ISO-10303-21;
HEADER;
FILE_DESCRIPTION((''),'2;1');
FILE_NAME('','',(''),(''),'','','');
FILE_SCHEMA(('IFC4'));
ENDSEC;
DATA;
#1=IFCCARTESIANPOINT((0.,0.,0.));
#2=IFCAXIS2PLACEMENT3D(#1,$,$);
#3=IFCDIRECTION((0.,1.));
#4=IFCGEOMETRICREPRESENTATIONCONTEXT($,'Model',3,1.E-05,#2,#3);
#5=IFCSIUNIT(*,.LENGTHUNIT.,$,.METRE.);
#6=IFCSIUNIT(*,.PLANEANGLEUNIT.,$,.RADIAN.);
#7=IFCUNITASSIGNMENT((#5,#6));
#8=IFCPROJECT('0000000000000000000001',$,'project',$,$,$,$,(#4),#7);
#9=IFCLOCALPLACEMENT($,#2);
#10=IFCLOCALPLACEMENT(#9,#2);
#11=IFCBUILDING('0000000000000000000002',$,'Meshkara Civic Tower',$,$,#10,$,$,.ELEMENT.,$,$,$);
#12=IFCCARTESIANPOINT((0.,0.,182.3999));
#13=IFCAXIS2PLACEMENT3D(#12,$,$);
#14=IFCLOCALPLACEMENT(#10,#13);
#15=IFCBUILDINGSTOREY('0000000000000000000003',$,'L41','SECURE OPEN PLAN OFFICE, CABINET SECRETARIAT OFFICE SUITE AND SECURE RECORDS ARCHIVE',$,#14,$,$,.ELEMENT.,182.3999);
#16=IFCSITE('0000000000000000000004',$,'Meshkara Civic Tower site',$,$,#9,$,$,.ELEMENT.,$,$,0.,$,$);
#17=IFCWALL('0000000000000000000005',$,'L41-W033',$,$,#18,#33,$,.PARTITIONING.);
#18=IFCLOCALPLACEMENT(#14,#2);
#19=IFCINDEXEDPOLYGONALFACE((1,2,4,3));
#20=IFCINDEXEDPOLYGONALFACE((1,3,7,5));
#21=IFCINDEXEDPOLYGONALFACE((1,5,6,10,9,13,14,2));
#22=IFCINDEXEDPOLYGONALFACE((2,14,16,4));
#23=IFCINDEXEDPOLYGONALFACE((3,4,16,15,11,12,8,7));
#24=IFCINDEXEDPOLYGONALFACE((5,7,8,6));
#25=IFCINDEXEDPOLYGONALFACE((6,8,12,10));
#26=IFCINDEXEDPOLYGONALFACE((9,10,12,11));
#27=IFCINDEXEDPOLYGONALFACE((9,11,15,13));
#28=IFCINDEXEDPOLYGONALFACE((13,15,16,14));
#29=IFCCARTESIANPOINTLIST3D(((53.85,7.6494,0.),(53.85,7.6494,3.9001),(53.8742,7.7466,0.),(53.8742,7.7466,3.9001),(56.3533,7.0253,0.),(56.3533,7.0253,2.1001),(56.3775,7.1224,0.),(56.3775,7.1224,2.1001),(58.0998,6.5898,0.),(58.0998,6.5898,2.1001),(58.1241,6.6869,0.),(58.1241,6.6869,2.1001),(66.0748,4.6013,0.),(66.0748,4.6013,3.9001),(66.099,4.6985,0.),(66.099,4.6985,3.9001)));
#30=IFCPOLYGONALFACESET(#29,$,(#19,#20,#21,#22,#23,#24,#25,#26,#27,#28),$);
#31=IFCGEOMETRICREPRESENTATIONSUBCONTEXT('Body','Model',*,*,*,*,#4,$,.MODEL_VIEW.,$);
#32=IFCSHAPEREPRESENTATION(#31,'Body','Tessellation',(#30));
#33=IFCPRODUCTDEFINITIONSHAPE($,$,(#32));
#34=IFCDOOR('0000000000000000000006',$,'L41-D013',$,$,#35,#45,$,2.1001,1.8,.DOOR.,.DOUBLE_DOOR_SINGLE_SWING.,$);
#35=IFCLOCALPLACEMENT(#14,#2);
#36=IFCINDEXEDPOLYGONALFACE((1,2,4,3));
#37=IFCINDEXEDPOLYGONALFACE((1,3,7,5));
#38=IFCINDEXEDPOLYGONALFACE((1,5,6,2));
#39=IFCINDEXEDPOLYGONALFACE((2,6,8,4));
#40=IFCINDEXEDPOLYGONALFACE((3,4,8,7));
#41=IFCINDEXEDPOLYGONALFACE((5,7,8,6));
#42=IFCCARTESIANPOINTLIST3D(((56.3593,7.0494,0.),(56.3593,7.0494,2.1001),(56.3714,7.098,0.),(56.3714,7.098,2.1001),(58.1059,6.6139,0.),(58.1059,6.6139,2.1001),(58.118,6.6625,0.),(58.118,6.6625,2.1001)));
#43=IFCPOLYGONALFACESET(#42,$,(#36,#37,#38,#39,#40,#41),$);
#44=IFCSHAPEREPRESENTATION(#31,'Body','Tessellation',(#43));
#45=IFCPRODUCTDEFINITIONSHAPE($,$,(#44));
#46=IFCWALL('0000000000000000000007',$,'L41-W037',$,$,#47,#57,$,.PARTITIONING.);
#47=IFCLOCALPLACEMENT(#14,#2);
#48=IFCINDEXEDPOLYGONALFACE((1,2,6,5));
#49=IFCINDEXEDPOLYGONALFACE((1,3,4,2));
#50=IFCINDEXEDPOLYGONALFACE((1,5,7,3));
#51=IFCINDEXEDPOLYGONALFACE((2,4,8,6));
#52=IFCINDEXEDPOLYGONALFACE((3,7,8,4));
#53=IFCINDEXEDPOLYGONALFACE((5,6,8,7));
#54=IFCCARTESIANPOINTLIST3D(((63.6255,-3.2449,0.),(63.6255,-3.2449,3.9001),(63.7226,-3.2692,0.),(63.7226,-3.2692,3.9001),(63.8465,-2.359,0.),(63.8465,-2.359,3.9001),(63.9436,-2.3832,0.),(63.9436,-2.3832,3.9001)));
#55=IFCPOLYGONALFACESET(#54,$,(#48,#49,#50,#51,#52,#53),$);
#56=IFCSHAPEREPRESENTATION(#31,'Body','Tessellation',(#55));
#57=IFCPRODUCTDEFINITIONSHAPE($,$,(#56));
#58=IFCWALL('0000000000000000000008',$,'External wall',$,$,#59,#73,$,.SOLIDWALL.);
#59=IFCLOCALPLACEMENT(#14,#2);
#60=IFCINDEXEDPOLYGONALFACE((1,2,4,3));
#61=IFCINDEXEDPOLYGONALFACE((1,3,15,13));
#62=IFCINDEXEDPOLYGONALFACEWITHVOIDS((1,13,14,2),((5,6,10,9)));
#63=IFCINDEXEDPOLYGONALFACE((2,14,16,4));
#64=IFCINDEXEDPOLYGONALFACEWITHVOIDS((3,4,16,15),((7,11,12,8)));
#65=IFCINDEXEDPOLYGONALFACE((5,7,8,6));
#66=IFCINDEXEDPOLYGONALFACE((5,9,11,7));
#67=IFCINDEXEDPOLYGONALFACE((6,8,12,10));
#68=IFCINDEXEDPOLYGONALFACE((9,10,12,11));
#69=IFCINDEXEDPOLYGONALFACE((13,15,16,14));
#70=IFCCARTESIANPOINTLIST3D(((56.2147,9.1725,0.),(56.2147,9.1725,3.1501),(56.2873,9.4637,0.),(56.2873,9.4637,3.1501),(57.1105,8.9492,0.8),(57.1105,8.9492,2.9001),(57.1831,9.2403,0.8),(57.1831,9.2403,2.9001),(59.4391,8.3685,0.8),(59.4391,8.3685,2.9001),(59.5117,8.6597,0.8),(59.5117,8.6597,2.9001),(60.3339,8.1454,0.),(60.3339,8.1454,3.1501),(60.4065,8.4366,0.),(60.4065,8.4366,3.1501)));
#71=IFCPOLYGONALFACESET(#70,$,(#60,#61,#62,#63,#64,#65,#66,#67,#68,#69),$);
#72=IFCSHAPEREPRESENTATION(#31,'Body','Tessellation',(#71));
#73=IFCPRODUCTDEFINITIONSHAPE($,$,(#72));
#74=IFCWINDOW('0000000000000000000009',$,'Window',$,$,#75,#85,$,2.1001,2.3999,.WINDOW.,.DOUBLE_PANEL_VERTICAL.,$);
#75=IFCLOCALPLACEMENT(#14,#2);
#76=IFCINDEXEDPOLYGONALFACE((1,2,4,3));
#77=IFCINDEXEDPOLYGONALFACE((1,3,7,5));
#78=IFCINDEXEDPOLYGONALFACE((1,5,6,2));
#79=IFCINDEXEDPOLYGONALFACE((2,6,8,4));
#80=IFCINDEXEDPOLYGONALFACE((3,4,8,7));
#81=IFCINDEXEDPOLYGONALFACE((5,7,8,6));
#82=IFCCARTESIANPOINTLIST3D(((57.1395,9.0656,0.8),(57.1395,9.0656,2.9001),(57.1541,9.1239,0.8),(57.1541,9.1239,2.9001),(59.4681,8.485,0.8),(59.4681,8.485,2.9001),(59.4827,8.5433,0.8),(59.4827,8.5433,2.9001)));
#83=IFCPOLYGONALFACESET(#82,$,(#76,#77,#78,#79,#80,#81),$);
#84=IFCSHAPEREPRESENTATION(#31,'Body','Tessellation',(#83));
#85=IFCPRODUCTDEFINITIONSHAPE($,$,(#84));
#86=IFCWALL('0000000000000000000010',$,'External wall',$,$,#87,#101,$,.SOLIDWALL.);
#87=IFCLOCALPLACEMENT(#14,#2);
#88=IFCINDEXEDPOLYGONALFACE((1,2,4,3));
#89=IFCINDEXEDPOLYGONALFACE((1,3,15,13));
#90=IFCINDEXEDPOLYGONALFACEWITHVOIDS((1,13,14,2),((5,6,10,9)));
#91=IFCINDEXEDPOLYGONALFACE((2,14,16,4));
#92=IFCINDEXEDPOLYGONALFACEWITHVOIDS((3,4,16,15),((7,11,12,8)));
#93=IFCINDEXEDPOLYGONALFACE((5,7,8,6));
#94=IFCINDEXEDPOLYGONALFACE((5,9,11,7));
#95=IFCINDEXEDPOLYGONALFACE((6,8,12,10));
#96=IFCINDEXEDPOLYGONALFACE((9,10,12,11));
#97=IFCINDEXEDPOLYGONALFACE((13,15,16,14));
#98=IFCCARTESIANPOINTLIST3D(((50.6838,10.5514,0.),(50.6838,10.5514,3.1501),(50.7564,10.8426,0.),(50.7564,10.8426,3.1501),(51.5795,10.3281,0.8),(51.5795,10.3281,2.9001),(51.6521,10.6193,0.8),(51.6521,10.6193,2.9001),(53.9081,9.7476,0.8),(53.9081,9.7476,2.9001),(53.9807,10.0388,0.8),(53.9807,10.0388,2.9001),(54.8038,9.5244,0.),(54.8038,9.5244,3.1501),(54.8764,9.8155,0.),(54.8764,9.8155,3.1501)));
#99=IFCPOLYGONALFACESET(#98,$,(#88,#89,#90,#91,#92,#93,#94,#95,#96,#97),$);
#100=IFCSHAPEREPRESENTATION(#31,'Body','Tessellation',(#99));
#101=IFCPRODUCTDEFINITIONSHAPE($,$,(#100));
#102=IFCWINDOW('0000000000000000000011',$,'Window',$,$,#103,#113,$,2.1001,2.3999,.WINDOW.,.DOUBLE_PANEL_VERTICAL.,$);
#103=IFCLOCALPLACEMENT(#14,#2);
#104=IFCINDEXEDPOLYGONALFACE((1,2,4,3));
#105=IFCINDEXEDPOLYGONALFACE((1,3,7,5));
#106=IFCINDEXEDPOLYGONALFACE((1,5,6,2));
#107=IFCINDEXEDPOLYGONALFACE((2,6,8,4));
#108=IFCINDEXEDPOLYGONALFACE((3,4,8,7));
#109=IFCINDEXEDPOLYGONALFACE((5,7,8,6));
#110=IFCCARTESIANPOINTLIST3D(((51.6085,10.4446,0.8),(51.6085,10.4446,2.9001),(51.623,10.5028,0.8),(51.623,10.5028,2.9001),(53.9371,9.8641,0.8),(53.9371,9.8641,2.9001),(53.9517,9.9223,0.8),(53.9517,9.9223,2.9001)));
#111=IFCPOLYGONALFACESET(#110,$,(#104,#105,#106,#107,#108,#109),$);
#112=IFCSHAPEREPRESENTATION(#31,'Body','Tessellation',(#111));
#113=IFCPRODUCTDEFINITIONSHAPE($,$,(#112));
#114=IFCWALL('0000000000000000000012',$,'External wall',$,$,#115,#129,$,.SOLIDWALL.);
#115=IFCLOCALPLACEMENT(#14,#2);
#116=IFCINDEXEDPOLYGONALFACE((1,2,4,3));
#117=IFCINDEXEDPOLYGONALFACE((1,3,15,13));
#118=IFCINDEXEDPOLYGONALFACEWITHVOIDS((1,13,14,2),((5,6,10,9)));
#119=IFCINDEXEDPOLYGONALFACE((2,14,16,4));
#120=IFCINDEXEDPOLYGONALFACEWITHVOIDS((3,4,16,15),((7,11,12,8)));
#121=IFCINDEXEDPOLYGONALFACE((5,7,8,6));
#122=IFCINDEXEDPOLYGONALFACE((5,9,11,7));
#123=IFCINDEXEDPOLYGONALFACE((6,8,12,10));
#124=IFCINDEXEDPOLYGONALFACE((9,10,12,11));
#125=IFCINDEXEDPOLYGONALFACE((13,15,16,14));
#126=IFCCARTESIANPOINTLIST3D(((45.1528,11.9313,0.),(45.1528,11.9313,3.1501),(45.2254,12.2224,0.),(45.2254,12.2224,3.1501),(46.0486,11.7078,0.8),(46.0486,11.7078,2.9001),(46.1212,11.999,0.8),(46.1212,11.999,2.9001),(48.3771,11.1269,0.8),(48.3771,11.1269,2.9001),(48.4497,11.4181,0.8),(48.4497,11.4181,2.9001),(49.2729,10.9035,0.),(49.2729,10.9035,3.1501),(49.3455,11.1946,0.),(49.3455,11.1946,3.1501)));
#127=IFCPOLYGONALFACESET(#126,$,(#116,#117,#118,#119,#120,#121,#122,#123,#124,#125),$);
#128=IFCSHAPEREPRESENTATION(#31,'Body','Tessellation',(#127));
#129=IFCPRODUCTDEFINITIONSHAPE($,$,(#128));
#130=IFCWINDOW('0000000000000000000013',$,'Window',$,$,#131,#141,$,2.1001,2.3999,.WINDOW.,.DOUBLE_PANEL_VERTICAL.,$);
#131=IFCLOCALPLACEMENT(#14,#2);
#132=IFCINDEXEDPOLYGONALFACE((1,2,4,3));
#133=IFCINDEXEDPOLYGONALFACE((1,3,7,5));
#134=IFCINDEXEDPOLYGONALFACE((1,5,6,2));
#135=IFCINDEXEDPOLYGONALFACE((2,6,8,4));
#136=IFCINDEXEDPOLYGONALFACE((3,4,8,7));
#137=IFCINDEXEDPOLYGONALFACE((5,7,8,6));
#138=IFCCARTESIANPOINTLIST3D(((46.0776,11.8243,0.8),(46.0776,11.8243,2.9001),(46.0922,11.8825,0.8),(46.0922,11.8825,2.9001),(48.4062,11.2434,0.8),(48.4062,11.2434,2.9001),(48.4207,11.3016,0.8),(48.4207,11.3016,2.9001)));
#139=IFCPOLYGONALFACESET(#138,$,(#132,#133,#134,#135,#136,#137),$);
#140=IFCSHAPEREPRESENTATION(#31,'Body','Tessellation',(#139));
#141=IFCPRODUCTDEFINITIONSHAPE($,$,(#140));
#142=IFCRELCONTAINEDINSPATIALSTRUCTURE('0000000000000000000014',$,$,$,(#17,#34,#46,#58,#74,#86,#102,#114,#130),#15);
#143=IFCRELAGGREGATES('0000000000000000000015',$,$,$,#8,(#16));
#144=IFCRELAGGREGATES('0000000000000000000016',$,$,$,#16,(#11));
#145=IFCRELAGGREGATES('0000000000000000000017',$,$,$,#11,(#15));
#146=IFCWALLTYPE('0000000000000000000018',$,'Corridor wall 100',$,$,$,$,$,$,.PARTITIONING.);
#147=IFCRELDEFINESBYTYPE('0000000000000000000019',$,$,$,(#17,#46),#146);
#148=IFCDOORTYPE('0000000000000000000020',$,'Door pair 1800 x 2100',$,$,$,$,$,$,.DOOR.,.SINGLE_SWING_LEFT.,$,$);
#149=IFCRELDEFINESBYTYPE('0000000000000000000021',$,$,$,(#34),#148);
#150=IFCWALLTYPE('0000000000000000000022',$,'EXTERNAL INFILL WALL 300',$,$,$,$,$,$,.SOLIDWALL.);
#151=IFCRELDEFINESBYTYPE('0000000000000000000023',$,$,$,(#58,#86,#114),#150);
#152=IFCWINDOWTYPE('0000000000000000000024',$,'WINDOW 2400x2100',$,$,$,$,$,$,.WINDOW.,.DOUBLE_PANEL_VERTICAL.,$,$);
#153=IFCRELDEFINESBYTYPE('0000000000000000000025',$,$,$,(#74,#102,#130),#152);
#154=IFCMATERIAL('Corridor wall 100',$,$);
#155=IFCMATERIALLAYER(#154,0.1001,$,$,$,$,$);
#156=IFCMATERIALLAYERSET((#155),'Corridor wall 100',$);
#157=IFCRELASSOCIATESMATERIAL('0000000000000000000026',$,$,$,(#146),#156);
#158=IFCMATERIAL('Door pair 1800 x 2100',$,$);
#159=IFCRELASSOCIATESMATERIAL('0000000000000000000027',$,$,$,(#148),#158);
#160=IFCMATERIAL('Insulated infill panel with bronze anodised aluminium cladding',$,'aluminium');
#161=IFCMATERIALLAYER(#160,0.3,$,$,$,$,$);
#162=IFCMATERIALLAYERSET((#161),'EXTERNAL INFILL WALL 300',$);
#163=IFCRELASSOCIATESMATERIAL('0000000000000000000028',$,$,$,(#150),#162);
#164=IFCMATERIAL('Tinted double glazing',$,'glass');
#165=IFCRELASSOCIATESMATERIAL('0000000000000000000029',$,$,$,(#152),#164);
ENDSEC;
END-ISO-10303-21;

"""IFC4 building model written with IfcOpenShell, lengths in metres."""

from ifc_helpers import new_model, si_unit, direction, frame, frame_2d, origin, place, context, subcontext, project, spatial, rectangle, extrude, material, layer, layer_set, type_object, element, fill, save


model = new_model("IFC4")

# Units and contexts
model_context = context("Model", 3, precision=1e-05, world=origin(), true_north=direction((0.0, 1.0)))
body_context = subcontext(model_context, "Body", "Model", "MODEL_VIEW")
ifc_project = project(units=[si_unit("LENGTHUNIT", "METRE"), si_unit("PLANEANGLEUNIT", "RADIAN")], contexts=[model_context])

# Site, building, storey
site_placement = place(None, origin())
site = spatial("IfcSite", under=ifc_project, at=site_placement, Name="Meshkara Civic Tower site", CompositionType="ELEMENT", RefElevation=0.0)
building_placement = place(site_placement, origin())
building = spatial("IfcBuilding", under=site, at=building_placement, Name="Meshkara Civic Tower", CompositionType="ELEMENT")
storey_placement = place(building_placement, frame((0.0, 0.0, 182.3999)))
storey = spatial("IfcBuildingStorey", under=building, at=storey_placement, Name="L41", Description="SECURE OPEN PLAN OFFICE, CABINET SECRETARIAT OFFICE SUITE AND SECURE RECORDS ARCHIVE", CompositionType="ELEMENT", Elevation=182.3999)

# Shared definitions
ifc_material_1 = material(Name="Corridor wall 100")
ifc_layer_1 = layer(ifc_material_1, 0.1001)
ifc_layer_set_1 = layer_set([ifc_layer_1], Name="Corridor wall 100")
wall_type_1 = type_object("IfcWallType", Name="Corridor wall 100", PredefinedType="PARTITIONING", material=ifc_layer_set_1)
ifc_material_2 = material(Name="Door pair 1800 x 2100")
door_type = type_object("IfcDoorType", Name="Door pair 1800 x 2100", OperationType="SINGLE_SWING_LEFT", PredefinedType="DOOR", material=ifc_material_2)

# Wall, opening, door
wall_1_placement = place(storey_placement, frame((53.8621, 7.698, 0.0), z_axis=(0.0, 0.0, 1.0), x_axis=(0.970294, -0.241929, 0.0)))
wall_1 = element("IfcWall", 1, at=wall_1_placement, inside=storey, type_object=wall_type_1, Name="L41-W033", PredefinedType="PARTITIONING", context=body_context, shape_type="SweptSolid", body=[
    extrude(rectangle(XDim=12.5991, YDim=0.1001, at=frame_2d((6.2996, 0.0))), origin(), (0.0, 0.0, 1.0), 3.9001),
])
opening_1_placement = place(wall_1_placement, frame((2.5801, 0.0, 0.0)))
opening_1 = element("IfcOpeningElement", 2, at=opening_1_placement, cuts=wall_1, PredefinedType="OPENING", context=body_context, shape_type="SweptSolid", body=[
    extrude(rectangle(XDim=1.8, YDim=2.1001, at=frame_2d((0.8999, 1.05))), frame((0.0, 0.0601, 0.0), z_axis=(0.0, -1.0, 0.0), x_axis=(1.0, 0.0, 0.0)), (0.0, 0.0, 1.0), 0.1201),
])
door_1_placement = place(opening_1_placement, origin())
door_1 = element("IfcDoor", 3, at=door_1_placement, inside=storey, type_object=door_type, Name="L41-D013", OperationType="DOUBLE_DOOR_SINGLE_SWING", OverallHeight=2.1001, OverallWidth=1.8, PredefinedType="DOOR", context=body_context, shape_type="SweptSolid", body=[
    extrude(rectangle(XDim=1.8, YDim=2.1001, at=frame_2d((0.8999, 1.05))), frame((0.0, 0.0249, 0.0), z_axis=(0.0, -1.0, 0.0), x_axis=(1.0, 0.0, 0.0)), (0.0, 0.0, 1.0), 0.05),
])
fill(opening_1, door_1)

# Wall
wall_2_placement = place(storey_placement, frame((63.895, -2.3711, 0.0), z_axis=(0.0, 0.0, 1.0), x_axis=(-0.241969, -0.970284, 0.0)))
element("IfcWall", 4, at=wall_2_placement, inside=storey, type_object=wall_type_1, Name="L41-W037", PredefinedType="PARTITIONING", context=body_context, shape_type="SweptSolid", body=[
    extrude(rectangle(XDim=0.9131, YDim=0.1001, at=frame_2d((0.4565, 0.0))), origin(), (0.0, 0.0, 1.0), 3.9001),
])

# Walls, openings, windows
ifc_material_3 = material(Name="Insulated infill panel with bronze anodised aluminium cladding", Category="aluminium")
ifc_layer_2 = layer(ifc_material_3, 0.3)
ifc_layer_set_2 = layer_set([ifc_layer_2], Name="EXTERNAL INFILL WALL 300")
wall_type_2 = type_object("IfcWallType", Name="EXTERNAL INFILL WALL 300", PredefinedType="SOLIDWALL", material=ifc_layer_set_2)
wall_3_placement = place(storey_placement, frame((60.3701, 8.291, 0.0), z_axis=(0.0, 0.0, 1.0), x_axis=(-0.970291, 0.24194, 0.0)))
wall_3 = element("IfcWall", 5, at=wall_3_placement, inside=storey, type_object=wall_type_2, Name="External wall", PredefinedType="SOLIDWALL", context=body_context, shape_type="SweptSolid", body=[
    extrude(rectangle(XDim=4.2454, YDim=0.3, at=frame_2d((2.1226, 0.0))), origin(), (0.0, 0.0, 1.0), 3.1501),
])
opening_2_placement = place(wall_3_placement, frame((0.9221, 0.0, 0.8)))
opening_2 = element("IfcOpeningElement", 6, at=opening_2_placement, cuts=wall_3, PredefinedType="OPENING", context=body_context, shape_type="SweptSolid", body=[
    extrude(rectangle(XDim=2.3999, YDim=2.1001, at=frame_2d((1.2, 1.05))), frame((0.0, 0.1599, 0.0), z_axis=(0.0, -1.0, 0.0), x_axis=(1.0, 0.0, 0.0)), (0.0, 0.0, 1.0), 0.3201),
])
ifc_material_4 = material(Name="Tinted double glazing", Category="glass")
window_type = type_object("IfcWindowType", Name="WINDOW 2400x2100", PartitioningType="DOUBLE_PANEL_VERTICAL", PredefinedType="WINDOW", material=ifc_material_4)
window_1_placement = place(opening_2_placement, origin())
window_1 = element("IfcWindow", 7, at=window_1_placement, inside=storey, type_object=window_type, Name="Window", OverallHeight=2.1001, OverallWidth=2.3999, PartitioningType="DOUBLE_PANEL_VERTICAL", PredefinedType="WINDOW", context=body_context, shape_type="SweptSolid", body=[
    extrude(rectangle(XDim=2.3999, YDim=2.1001, at=frame_2d((1.2, 1.05))), frame((0.0, 0.03, 0.0), z_axis=(0.0, -1.0, 0.0), x_axis=(1.0, 0.0, 0.0)), (0.0, 0.0, 1.0), 0.0601),
])
fill(opening_2, window_1)
wall_4_placement = place(storey_placement, frame((54.8401, 9.6699, 0.0), z_axis=(0.0, 0.0, 1.0), x_axis=(-0.970305, 0.241886, 0.0)))
wall_4 = element("IfcWall", 8, at=wall_4_placement, inside=storey, type_object=wall_type_2, Name="External wall", PredefinedType="SOLIDWALL", context=body_context, shape_type="SweptSolid", body=[
    extrude(rectangle(XDim=4.2461, YDim=0.3, at=frame_2d((2.123, 0.0))), origin(), (0.0, 0.0, 1.0), 3.1501),
])
opening_3_placement = place(wall_4_placement, frame((0.9231, 0.0, 0.8)))
opening_3 = element("IfcOpeningElement", 9, at=opening_3_placement, cuts=wall_4, PredefinedType="OPENING", context=body_context, shape_type="SweptSolid", body=[
    extrude(rectangle(XDim=2.3999, YDim=2.1001, at=frame_2d((1.2, 1.05))), frame((0.0, 0.1599, 0.0), z_axis=(0.0, -1.0, 0.0), x_axis=(1.0, 0.0, 0.0)), (0.0, 0.0, 1.0), 0.3201),
])
window_2_placement = place(opening_3_placement, origin())
window_2 = element("IfcWindow", 10, at=window_2_placement, inside=storey, type_object=window_type, Name="Window", OverallHeight=2.1001, OverallWidth=2.3999, PartitioningType="DOUBLE_PANEL_VERTICAL", PredefinedType="WINDOW", context=body_context, shape_type="SweptSolid", body=[
    extrude(rectangle(XDim=2.3999, YDim=2.1001, at=frame_2d((1.2, 1.05))), frame((0.0, 0.03, 0.0), z_axis=(0.0, -1.0, 0.0), x_axis=(1.0, 0.0, 0.0)), (0.0, 0.0, 1.0), 0.0601),
])
fill(opening_3, window_2)
wall_5_placement = place(storey_placement, frame((49.3091, 11.0491, 0.0), z_axis=(0.0, 0.0, 1.0), x_axis=(-0.970264, 0.242049, 0.0)))
wall_5 = element("IfcWall", 11, at=wall_5_placement, inside=storey, type_object=wall_type_2, Name="External wall", PredefinedType="SOLIDWALL", context=body_context, shape_type="SweptSolid", body=[
    extrude(rectangle(XDim=4.2463, YDim=0.3, at=frame_2d((2.123, 0.0))), origin(), (0.0, 0.0, 1.0), 3.1501),
])
opening_4_placement = place(wall_5_placement, frame((0.9231, 0.0, 0.8)))
opening_4 = element("IfcOpeningElement", 12, at=opening_4_placement, cuts=wall_5, PredefinedType="OPENING", context=body_context, shape_type="SweptSolid", body=[
    extrude(rectangle(XDim=2.3999, YDim=2.1001, at=frame_2d((1.2, 1.05))), frame((0.0, 0.1599, 0.0), z_axis=(0.0, -1.0, 0.0), x_axis=(1.0, 0.0, 0.0)), (0.0, 0.0, 1.0), 0.3201),
])
window_3_placement = place(opening_4_placement, origin())
window_3 = element("IfcWindow", 13, at=window_3_placement, inside=storey, type_object=window_type, Name="Window", OverallHeight=2.1001, OverallWidth=2.3999, PartitioningType="DOUBLE_PANEL_VERTICAL", PredefinedType="WINDOW", context=body_context, shape_type="SweptSolid", body=[
    extrude(rectangle(XDim=2.3999, YDim=2.1001, at=frame_2d((1.2, 1.05))), frame((0.0, 0.03, 0.0), z_axis=(0.0, -1.0, 0.0), x_axis=(1.0, 0.0, 0.0)), (0.0, 0.0, 1.0), 0.0601),
])
fill(opening_4, window_3)

save(model, "model.ifc")
